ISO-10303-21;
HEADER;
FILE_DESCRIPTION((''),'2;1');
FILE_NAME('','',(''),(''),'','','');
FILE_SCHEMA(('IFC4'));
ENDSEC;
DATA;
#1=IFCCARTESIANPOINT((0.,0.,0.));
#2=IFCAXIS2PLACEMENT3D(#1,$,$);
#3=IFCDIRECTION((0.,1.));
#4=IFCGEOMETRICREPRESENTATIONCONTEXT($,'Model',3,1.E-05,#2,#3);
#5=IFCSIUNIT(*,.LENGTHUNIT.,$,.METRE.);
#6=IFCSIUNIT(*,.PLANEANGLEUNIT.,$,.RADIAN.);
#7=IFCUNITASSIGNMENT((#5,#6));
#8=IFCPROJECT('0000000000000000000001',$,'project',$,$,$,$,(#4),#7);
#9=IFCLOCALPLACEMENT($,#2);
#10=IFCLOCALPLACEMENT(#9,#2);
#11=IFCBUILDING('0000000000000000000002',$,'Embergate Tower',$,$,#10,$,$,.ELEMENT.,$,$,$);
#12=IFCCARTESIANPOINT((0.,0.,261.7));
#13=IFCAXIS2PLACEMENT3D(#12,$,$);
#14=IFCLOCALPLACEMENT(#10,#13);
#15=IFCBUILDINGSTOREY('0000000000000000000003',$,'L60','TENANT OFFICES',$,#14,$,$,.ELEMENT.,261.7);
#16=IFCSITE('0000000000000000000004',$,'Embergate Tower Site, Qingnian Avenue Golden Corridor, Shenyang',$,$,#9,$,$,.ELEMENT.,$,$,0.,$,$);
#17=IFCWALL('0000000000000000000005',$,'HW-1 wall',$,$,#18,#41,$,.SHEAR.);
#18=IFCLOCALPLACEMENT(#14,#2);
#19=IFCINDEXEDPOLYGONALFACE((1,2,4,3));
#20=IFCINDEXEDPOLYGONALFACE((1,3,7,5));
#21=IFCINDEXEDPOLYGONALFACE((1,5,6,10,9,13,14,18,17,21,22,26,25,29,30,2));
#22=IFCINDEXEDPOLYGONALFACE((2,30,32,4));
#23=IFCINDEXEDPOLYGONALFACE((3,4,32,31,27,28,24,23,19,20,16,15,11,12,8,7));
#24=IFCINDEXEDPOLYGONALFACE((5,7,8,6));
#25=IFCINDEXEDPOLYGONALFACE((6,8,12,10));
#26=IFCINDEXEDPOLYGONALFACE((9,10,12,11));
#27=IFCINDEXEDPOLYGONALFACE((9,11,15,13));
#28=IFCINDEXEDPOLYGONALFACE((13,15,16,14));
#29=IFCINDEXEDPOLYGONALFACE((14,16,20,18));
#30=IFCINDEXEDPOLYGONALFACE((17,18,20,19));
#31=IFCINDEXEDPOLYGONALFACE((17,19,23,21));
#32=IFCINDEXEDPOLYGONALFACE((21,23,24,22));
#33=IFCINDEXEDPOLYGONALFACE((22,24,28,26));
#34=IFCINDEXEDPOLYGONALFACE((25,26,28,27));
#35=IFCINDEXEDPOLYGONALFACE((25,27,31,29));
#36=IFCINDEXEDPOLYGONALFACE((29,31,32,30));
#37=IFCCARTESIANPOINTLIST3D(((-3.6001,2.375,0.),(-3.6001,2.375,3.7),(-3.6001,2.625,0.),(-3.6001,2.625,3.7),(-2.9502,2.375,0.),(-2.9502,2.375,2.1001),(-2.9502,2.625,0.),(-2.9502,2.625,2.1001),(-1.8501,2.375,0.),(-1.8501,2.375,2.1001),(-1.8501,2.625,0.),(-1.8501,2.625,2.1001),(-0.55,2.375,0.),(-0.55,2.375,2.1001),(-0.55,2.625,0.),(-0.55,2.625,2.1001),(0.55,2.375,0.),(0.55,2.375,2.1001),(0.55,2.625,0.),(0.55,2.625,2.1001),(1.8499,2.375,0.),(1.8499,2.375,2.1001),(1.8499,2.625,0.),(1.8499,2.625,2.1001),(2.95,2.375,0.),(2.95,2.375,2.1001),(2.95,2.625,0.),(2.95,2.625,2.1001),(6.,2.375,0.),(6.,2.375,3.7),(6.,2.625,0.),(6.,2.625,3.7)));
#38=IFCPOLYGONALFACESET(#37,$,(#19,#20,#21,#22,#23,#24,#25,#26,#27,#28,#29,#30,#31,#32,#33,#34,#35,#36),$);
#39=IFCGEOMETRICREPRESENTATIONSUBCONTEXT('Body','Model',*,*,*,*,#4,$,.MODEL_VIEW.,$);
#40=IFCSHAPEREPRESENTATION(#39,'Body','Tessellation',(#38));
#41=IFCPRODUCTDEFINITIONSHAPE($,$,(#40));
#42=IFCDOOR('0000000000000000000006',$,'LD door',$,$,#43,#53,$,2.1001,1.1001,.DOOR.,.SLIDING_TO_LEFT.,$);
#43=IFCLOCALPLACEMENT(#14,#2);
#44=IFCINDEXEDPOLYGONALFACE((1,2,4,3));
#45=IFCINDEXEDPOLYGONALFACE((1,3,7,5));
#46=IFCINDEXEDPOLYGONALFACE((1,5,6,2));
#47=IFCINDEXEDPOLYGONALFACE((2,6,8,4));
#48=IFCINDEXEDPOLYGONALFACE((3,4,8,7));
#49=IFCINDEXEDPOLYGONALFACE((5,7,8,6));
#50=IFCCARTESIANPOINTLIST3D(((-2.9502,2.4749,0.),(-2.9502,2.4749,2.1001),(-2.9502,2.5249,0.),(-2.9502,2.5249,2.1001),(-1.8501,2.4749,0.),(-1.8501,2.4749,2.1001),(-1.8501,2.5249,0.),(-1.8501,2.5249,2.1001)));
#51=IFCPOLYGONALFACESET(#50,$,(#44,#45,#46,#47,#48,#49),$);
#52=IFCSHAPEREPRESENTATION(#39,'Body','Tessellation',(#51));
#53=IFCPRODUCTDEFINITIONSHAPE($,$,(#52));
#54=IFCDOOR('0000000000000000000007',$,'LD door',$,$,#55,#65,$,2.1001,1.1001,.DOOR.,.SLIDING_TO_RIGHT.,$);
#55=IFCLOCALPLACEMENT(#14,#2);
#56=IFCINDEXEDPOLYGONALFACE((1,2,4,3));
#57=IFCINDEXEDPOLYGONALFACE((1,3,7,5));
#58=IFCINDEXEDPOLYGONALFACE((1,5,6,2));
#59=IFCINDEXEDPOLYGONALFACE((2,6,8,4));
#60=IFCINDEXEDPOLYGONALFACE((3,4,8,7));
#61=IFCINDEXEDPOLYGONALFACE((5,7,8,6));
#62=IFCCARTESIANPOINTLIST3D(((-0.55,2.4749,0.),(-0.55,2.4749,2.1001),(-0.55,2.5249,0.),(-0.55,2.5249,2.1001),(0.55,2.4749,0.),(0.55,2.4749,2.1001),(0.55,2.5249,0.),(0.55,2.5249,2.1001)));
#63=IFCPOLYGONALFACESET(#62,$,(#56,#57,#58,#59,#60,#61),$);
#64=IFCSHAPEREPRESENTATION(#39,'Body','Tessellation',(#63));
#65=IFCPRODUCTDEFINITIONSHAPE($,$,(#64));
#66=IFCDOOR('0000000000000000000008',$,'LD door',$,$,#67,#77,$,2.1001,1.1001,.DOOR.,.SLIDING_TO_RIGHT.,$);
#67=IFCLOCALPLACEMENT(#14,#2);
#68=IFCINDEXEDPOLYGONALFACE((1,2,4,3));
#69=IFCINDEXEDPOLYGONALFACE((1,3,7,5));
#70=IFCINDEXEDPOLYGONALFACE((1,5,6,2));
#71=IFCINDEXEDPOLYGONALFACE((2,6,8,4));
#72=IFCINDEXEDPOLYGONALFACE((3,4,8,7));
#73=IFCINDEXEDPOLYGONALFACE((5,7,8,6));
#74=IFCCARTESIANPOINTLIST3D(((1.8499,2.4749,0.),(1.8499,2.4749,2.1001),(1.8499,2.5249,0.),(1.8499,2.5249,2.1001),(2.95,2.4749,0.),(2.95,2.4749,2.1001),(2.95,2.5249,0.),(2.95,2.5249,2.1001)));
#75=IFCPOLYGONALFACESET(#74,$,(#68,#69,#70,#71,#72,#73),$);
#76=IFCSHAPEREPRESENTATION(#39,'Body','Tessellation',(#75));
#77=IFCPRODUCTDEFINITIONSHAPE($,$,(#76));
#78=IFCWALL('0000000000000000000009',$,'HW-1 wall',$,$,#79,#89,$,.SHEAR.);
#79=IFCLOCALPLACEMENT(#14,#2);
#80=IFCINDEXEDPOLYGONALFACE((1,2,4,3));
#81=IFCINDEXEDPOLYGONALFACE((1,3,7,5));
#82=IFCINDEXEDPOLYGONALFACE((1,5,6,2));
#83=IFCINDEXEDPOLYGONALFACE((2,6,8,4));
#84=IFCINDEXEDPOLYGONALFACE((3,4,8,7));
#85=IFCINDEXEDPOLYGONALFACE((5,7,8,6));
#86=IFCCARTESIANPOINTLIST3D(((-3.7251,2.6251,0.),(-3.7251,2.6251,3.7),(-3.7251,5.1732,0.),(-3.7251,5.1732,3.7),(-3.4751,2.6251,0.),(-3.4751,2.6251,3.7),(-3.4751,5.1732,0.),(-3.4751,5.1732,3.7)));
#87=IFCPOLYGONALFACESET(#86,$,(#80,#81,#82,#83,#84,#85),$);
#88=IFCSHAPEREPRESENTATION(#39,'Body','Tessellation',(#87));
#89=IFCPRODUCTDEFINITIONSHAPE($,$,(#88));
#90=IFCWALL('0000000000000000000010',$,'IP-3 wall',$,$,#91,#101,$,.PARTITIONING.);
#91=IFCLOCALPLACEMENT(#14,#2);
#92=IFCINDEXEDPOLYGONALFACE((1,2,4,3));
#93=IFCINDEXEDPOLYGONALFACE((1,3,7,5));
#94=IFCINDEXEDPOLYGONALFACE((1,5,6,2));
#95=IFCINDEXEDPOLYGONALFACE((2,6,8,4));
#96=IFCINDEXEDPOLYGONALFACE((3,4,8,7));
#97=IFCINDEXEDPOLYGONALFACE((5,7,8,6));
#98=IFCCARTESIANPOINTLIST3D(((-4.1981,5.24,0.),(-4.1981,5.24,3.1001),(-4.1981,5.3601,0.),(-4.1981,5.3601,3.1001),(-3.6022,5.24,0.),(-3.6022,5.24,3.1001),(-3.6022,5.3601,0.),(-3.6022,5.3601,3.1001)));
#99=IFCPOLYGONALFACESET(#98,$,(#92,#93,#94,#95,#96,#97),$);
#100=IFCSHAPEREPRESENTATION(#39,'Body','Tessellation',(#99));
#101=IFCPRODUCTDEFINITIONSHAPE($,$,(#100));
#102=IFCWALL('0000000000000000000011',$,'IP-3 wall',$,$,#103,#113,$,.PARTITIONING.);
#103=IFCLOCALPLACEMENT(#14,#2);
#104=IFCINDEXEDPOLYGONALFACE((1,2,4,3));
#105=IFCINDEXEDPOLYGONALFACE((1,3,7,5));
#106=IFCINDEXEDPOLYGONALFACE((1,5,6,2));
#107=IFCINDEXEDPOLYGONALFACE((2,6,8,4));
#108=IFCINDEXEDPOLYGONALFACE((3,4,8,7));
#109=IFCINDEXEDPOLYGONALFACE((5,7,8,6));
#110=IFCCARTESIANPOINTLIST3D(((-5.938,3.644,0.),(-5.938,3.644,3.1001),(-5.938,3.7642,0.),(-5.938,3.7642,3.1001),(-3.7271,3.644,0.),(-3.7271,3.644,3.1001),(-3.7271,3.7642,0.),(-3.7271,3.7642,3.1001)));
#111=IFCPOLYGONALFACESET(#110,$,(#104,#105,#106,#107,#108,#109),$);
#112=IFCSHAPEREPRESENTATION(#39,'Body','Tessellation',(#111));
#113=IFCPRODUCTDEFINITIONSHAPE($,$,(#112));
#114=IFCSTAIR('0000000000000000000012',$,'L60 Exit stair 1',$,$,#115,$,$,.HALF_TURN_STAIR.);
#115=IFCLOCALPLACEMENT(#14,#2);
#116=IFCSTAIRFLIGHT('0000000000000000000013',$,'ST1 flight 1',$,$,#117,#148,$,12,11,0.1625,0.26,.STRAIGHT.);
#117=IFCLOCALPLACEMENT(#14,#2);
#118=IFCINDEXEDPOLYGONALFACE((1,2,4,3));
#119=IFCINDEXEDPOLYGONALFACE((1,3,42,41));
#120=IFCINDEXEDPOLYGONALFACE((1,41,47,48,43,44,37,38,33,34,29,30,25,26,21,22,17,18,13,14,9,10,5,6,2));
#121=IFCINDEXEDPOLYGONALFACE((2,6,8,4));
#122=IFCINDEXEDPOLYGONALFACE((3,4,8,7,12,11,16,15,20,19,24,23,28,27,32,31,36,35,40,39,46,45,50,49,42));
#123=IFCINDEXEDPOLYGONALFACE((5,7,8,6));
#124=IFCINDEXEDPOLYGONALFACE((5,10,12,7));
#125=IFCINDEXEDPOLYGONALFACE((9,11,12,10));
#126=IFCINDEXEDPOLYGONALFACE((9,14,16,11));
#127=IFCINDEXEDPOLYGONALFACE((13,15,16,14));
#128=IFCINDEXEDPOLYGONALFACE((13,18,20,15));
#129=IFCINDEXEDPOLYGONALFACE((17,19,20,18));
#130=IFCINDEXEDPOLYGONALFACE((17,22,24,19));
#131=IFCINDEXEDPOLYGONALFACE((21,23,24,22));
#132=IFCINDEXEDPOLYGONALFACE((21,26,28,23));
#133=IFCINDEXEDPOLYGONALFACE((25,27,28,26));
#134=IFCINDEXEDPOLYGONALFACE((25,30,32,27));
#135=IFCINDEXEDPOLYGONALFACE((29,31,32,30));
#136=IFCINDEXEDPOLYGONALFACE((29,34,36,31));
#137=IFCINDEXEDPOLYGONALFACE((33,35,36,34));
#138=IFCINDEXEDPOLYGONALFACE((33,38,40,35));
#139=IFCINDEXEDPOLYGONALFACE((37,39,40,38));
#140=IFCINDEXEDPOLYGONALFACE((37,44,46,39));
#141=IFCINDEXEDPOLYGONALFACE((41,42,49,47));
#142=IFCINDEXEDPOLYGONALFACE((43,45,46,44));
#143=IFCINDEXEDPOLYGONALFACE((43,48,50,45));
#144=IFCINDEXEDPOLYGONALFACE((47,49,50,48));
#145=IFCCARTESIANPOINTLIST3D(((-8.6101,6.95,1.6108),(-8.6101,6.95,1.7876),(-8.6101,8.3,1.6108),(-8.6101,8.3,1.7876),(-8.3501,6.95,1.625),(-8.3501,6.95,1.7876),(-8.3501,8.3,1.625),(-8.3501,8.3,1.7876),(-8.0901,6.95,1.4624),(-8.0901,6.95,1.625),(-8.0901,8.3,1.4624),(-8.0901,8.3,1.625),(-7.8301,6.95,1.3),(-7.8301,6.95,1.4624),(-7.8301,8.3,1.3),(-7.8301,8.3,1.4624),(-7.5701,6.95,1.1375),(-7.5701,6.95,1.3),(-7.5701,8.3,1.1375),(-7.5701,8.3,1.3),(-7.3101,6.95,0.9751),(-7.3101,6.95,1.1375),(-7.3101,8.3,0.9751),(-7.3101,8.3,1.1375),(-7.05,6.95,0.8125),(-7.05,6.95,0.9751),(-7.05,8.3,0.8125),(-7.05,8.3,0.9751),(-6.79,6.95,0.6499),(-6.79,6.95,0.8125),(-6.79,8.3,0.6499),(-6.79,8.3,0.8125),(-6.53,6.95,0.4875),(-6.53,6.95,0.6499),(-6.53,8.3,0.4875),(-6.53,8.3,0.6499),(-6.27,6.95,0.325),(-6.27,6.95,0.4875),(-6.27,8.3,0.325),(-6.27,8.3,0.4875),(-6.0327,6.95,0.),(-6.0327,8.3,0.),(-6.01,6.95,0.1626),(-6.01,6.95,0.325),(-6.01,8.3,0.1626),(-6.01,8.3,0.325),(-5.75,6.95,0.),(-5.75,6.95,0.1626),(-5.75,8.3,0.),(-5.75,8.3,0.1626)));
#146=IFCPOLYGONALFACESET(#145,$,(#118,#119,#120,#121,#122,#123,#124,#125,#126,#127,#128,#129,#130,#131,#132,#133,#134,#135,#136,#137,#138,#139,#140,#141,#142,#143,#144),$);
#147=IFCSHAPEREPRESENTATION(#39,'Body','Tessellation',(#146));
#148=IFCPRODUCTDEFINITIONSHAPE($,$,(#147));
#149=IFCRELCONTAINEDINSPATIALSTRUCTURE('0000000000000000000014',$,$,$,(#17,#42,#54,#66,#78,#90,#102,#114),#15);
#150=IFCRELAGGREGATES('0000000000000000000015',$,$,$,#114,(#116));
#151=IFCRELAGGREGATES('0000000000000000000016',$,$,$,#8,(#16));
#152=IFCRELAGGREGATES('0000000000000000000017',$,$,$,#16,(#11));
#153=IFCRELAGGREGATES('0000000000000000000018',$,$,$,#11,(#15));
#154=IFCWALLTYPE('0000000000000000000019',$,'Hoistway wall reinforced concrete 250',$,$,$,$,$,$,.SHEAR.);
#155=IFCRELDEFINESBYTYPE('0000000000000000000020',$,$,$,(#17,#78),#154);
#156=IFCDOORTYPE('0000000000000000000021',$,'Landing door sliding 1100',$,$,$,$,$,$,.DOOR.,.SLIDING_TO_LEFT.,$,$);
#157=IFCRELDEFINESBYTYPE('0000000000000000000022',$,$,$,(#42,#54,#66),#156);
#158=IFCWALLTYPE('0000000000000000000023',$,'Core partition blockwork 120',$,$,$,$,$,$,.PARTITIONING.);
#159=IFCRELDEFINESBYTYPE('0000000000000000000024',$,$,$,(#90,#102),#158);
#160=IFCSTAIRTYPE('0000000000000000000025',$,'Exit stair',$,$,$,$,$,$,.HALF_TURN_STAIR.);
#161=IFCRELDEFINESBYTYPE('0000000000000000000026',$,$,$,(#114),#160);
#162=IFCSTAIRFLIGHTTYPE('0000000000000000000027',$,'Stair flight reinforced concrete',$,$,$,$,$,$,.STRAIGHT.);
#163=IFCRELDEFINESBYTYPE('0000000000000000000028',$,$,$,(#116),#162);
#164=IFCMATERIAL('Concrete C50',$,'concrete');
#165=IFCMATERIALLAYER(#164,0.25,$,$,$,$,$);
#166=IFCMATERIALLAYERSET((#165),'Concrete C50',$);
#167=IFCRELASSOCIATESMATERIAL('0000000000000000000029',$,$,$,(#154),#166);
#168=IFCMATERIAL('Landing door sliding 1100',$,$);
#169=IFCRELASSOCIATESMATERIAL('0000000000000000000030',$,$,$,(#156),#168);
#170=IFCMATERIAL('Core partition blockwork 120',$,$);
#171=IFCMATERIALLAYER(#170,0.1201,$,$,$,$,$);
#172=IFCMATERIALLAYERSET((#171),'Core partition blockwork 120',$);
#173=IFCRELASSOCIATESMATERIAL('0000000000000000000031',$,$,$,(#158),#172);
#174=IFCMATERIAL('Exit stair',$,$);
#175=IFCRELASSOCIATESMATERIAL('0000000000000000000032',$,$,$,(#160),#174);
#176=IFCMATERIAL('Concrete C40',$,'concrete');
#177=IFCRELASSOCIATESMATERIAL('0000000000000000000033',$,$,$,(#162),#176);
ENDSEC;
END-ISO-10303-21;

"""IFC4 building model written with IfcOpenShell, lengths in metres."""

from ifc_helpers import new_model, si_unit, direction, frame, frame_2d, origin, place, context, subcontext, project, spatial, polyline, rectangle, outline, extrude, source, transform, mapped, material, layer, layer_set, type_object, element, fill, aggregate, save


model = new_model("IFC4")

# Units and contexts
model_context = context("Model", 3, precision=1e-05, world=origin(), true_north=direction((0.0, 1.0)))
body_context = subcontext(model_context, "Body", "Model", "MODEL_VIEW")
ifc_project = project(units=[si_unit("LENGTHUNIT", "METRE"), si_unit("PLANEANGLEUNIT", "RADIAN")], contexts=[model_context])

# Site, building, storey
site_placement = place(None, origin())
site = spatial("IfcSite", under=ifc_project, at=site_placement, Name="Embergate Tower Site, Qingnian Avenue Golden Corridor, Shenyang", CompositionType="ELEMENT", RefElevation=0.0)
building_placement = place(site_placement, origin())
building = spatial("IfcBuilding", under=site, at=building_placement, Name="Embergate Tower", CompositionType="ELEMENT")
storey_placement = place(building_placement, frame((0.0, 0.0, 261.7)))
storey = spatial("IfcBuildingStorey", under=building, at=storey_placement, Name="L60", Description="TENANT OFFICES", CompositionType="ELEMENT", Elevation=261.7)

# Shared definitions
ifc_material_1 = material(Name="Concrete C50", Category="concrete")
ifc_layer_1 = layer(ifc_material_1, 0.25)
ifc_layer_set_1 = layer_set([ifc_layer_1], Name="Concrete C50")
wall_type_1 = type_object("IfcWallType", Name="Hoistway wall reinforced concrete 250", PredefinedType="SHEAR", material=ifc_layer_set_1)

# Shared definitions
shared_shape_1 = source(origin(), body_context, "Body", "SweptSolid", [
    extrude(rectangle(XDim=1.1001, YDim=2.1001, at=frame_2d((0.55, 1.05))), frame((0.0, 0.135, 0.0), z_axis=(0.0, -1.0, 0.0), x_axis=(1.0, 0.0, 0.0)), (0.0, 0.0, 1.0), 0.27),
])
ifc_material_2 = material(Name="Landing door sliding 1100")
door_type_1 = type_object("IfcDoorType", Name="Landing door sliding 1100", OperationType="SLIDING_TO_LEFT", PredefinedType="DOOR", material=ifc_material_2)
shared_shape_2 = source(origin(), body_context, "Body", "SweptSolid", [
    extrude(rectangle(XDim=1.1001, YDim=2.1001, at=frame_2d((0.55, 1.05))), frame((0.0, 0.0249, 0.0), z_axis=(0.0, -1.0, 0.0), x_axis=(1.0, 0.0, 0.0)), (0.0, 0.0, 1.0), 0.05),
])

# Shared definitions
ifc_material_3 = material(Name="Core partition blockwork 120")
ifc_layer_2 = layer(ifc_material_3, 0.1201)
ifc_layer_set_2 = layer_set([ifc_layer_2], Name="Core partition blockwork 120")
wall_type_2 = type_object("IfcWallType", Name="Core partition blockwork 120", PredefinedType="PARTITIONING", material=ifc_layer_set_2)

# Wall, openings, doors
shared_shape_3 = source(origin(), body_context, "Body", "SweptSolid", [
    extrude(rectangle(XDim=9.6001, YDim=0.25, at=frame_2d((4.8, 0.0))), origin(), (0.0, 0.0, 1.0), 3.7),
])
wall_1_placement = place(storey_placement, frame((-3.6001, 2.5, 0.0), z_axis=(0.0, 0.0, 1.0), x_axis=(1.0, 0.0, 0.0)))
wall_1 = element("IfcWall", 1, at=wall_1_placement, inside=storey, type_object=wall_type_1, Name="HW-1 wall", PredefinedType="SHEAR", context=body_context, shape_type="MappedRepresentation", body=[
    mapped(shared_shape_3, transform((0.0, 0.0, 0.0))),
])
opening_1_placement = place(wall_1_placement, frame((0.6499, 0.0, 0.0)))
opening_1 = element("IfcOpeningElement", 2, at=opening_1_placement, cuts=wall_1, PredefinedType="OPENING", context=body_context, shape_type="MappedRepresentation", body=[
    mapped(shared_shape_1, transform((0.0, 0.0, 0.0))),
])
opening_2_placement = place(wall_1_placement, frame((3.05, 0.0, 0.0)))
opening_2 = element("IfcOpeningElement", 3, at=opening_2_placement, cuts=wall_1, PredefinedType="OPENING", context=body_context, shape_type="MappedRepresentation", body=[
    mapped(shared_shape_1, transform((0.0, 0.0, 0.0))),
])
opening_3_placement = place(wall_1_placement, frame((5.45, 0.0, 0.0)))
opening_3 = element("IfcOpeningElement", 4, at=opening_3_placement, cuts=wall_1, PredefinedType="OPENING", context=body_context, shape_type="MappedRepresentation", body=[
    mapped(shared_shape_1, transform((0.0, 0.0, 0.0))),
])
door_1_placement = place(opening_1_placement, origin())
door_1 = element("IfcDoor", 5, at=door_1_placement, inside=storey, type_object=door_type_1, Name="LD door", OperationType="SLIDING_TO_LEFT", OverallHeight=2.1001, OverallWidth=1.1001, PredefinedType="DOOR", context=body_context, shape_type="MappedRepresentation", body=[
    mapped(shared_shape_2, transform((0.0, 0.0, 0.0))),
])
fill(opening_1, door_1)
door_2_placement = place(opening_2_placement, origin())
door_2 = element("IfcDoor", 6, at=door_2_placement, inside=storey, type_object=door_type_1, Name="LD door", OperationType="SLIDING_TO_RIGHT", OverallHeight=2.1001, OverallWidth=1.1001, PredefinedType="DOOR", context=body_context, shape_type="MappedRepresentation", body=[
    mapped(shared_shape_2, transform((0.0, 0.0, 0.0))),
])
fill(opening_2, door_2)
door_3_placement = place(opening_3_placement, origin())
door_3 = element("IfcDoor", 7, at=door_3_placement, inside=storey, type_object=door_type_1, Name="LD door", OperationType="SLIDING_TO_RIGHT", OverallHeight=2.1001, OverallWidth=1.1001, PredefinedType="DOOR", context=body_context, shape_type="MappedRepresentation", body=[
    mapped(shared_shape_2, transform((0.0, 0.0, 0.0))),
])
fill(opening_3, door_3)

# Walls
shared_shape_4 = source(origin(), body_context, "Body", "SweptSolid", [
    extrude(rectangle(XDim=2.5481, YDim=0.25, at=frame_2d((1.2739, 0.0))), origin(), (0.0, 0.0, 1.0), 3.7),
])
wall_2_placement = place(storey_placement, frame((-3.6001, 5.1731, 0.0), z_axis=(0.0, 0.0, 1.0), x_axis=(0.0, -1.0, 0.0)))
element("IfcWall", 8, at=wall_2_placement, inside=storey, type_object=wall_type_1, Name="HW-1 wall", PredefinedType="SHEAR", context=body_context, shape_type="MappedRepresentation", body=[
    mapped(shared_shape_4, transform((0.0, 0.0, 0.0))),
])
shared_shape_5 = source(origin(), body_context, "Body", "SweptSolid", [
    extrude(rectangle(XDim=0.5959, YDim=0.1201, at=frame_2d((0.2979, 0.0))), origin(), (0.0, 0.0, 1.0), 3.1001),
])
wall_3_placement = place(storey_placement, frame((-4.198, 5.3, 0.0), z_axis=(0.0, 0.0, 1.0), x_axis=(1.0, 0.0, 0.0)))
element("IfcWall", 9, at=wall_3_placement, inside=storey, type_object=wall_type_2, Name="IP-3 wall", PredefinedType="PARTITIONING", context=body_context, shape_type="MappedRepresentation", body=[
    mapped(shared_shape_5, transform((0.0, 0.0, 0.0))),
])
shared_shape_6 = source(origin(), body_context, "Body", "SweptSolid", [
    extrude(rectangle(XDim=2.2109, YDim=0.1201, at=frame_2d((1.1055, 0.0))), origin(), (0.0, 0.0, 1.0), 3.1001),
])
wall_4_placement = place(storey_placement, frame((-3.7271, 3.7041, 0.0), z_axis=(0.0, 0.0, 1.0), x_axis=(-1.0, 0.0, 0.0)))
element("IfcWall", 10, at=wall_4_placement, inside=storey, type_object=wall_type_2, Name="IP-3 wall", PredefinedType="PARTITIONING", context=body_context, shape_type="MappedRepresentation", body=[
    mapped(shared_shape_6, transform((0.0, 0.0, 0.0))),
])

# Stair, stair flight
ifc_material_4 = material(Name="Exit stair")
stair_type = type_object("IfcStairType", Name="Exit stair", PredefinedType="HALF_TURN_STAIR", material=ifc_material_4)
stair_placement = place(storey_placement, origin())
stair = element("IfcStair", 11, at=stair_placement, inside=storey, type_object=stair_type, Name="L60 Exit stair 1", PredefinedType="HALF_TURN_STAIR")
ifc_material_5 = material(Name="Concrete C40", Category="concrete")
stair_flight_type = type_object("IfcStairFlightType", Name="Stair flight reinforced concrete", PredefinedType="STRAIGHT", material=ifc_material_5)
shared_shape_7 = source(origin(), body_context, "Body", "SweptSolid", [
    extrude(outline(polyline([(0.0, 0.0), (0.0, 0.1626), (0.26, 0.1626), (0.26, 0.325), (0.52, 0.325), (0.52, 0.4875), (0.78, 0.4875), (0.78, 0.6499), (1.04, 0.6499), (1.04, 0.8125), (1.3, 0.8125), (1.3, 0.9751), (1.5601, 0.9751), (1.5601, 1.1375), (1.8201, 1.1375), (1.8201, 1.3), (2.0801, 1.3), (2.0801, 1.4624), (2.3401, 1.4624), (2.3401, 1.625), (2.6001, 1.625), (2.6001, 1.7876), (2.8601, 1.7876), (2.8601, 1.95), (2.8601, 1.6108), (0.2827, 0.0), (0.0, 0.0)])), frame((0.0, 0.675, 0.0), z_axis=(0.0, -1.0, 0.0), x_axis=(1.0, 0.0, 0.0)), (0.0, 0.0, 1.0), 1.3501),
])
stair_flight_placement = place(storey_placement, frame((-5.75, 7.625, 0.0), z_axis=(0.0, 0.0, 1.0), x_axis=(-1.0, 0.0, 0.0)))
stair_flight = element("IfcStairFlight", 12, at=stair_flight_placement, type_object=stair_flight_type, Name="ST1 flight 1", NumberOfRisers=12, NumberOfTreads=11, PredefinedType="STRAIGHT", RiserHeight=0.1625, TreadLength=0.26, context=body_context, shape_type="MappedRepresentation", body=[
    mapped(shared_shape_7, transform((0.0, 0.0, 0.0))),
])
aggregate(stair, [stair_flight])

save(model, "model.ifc")
